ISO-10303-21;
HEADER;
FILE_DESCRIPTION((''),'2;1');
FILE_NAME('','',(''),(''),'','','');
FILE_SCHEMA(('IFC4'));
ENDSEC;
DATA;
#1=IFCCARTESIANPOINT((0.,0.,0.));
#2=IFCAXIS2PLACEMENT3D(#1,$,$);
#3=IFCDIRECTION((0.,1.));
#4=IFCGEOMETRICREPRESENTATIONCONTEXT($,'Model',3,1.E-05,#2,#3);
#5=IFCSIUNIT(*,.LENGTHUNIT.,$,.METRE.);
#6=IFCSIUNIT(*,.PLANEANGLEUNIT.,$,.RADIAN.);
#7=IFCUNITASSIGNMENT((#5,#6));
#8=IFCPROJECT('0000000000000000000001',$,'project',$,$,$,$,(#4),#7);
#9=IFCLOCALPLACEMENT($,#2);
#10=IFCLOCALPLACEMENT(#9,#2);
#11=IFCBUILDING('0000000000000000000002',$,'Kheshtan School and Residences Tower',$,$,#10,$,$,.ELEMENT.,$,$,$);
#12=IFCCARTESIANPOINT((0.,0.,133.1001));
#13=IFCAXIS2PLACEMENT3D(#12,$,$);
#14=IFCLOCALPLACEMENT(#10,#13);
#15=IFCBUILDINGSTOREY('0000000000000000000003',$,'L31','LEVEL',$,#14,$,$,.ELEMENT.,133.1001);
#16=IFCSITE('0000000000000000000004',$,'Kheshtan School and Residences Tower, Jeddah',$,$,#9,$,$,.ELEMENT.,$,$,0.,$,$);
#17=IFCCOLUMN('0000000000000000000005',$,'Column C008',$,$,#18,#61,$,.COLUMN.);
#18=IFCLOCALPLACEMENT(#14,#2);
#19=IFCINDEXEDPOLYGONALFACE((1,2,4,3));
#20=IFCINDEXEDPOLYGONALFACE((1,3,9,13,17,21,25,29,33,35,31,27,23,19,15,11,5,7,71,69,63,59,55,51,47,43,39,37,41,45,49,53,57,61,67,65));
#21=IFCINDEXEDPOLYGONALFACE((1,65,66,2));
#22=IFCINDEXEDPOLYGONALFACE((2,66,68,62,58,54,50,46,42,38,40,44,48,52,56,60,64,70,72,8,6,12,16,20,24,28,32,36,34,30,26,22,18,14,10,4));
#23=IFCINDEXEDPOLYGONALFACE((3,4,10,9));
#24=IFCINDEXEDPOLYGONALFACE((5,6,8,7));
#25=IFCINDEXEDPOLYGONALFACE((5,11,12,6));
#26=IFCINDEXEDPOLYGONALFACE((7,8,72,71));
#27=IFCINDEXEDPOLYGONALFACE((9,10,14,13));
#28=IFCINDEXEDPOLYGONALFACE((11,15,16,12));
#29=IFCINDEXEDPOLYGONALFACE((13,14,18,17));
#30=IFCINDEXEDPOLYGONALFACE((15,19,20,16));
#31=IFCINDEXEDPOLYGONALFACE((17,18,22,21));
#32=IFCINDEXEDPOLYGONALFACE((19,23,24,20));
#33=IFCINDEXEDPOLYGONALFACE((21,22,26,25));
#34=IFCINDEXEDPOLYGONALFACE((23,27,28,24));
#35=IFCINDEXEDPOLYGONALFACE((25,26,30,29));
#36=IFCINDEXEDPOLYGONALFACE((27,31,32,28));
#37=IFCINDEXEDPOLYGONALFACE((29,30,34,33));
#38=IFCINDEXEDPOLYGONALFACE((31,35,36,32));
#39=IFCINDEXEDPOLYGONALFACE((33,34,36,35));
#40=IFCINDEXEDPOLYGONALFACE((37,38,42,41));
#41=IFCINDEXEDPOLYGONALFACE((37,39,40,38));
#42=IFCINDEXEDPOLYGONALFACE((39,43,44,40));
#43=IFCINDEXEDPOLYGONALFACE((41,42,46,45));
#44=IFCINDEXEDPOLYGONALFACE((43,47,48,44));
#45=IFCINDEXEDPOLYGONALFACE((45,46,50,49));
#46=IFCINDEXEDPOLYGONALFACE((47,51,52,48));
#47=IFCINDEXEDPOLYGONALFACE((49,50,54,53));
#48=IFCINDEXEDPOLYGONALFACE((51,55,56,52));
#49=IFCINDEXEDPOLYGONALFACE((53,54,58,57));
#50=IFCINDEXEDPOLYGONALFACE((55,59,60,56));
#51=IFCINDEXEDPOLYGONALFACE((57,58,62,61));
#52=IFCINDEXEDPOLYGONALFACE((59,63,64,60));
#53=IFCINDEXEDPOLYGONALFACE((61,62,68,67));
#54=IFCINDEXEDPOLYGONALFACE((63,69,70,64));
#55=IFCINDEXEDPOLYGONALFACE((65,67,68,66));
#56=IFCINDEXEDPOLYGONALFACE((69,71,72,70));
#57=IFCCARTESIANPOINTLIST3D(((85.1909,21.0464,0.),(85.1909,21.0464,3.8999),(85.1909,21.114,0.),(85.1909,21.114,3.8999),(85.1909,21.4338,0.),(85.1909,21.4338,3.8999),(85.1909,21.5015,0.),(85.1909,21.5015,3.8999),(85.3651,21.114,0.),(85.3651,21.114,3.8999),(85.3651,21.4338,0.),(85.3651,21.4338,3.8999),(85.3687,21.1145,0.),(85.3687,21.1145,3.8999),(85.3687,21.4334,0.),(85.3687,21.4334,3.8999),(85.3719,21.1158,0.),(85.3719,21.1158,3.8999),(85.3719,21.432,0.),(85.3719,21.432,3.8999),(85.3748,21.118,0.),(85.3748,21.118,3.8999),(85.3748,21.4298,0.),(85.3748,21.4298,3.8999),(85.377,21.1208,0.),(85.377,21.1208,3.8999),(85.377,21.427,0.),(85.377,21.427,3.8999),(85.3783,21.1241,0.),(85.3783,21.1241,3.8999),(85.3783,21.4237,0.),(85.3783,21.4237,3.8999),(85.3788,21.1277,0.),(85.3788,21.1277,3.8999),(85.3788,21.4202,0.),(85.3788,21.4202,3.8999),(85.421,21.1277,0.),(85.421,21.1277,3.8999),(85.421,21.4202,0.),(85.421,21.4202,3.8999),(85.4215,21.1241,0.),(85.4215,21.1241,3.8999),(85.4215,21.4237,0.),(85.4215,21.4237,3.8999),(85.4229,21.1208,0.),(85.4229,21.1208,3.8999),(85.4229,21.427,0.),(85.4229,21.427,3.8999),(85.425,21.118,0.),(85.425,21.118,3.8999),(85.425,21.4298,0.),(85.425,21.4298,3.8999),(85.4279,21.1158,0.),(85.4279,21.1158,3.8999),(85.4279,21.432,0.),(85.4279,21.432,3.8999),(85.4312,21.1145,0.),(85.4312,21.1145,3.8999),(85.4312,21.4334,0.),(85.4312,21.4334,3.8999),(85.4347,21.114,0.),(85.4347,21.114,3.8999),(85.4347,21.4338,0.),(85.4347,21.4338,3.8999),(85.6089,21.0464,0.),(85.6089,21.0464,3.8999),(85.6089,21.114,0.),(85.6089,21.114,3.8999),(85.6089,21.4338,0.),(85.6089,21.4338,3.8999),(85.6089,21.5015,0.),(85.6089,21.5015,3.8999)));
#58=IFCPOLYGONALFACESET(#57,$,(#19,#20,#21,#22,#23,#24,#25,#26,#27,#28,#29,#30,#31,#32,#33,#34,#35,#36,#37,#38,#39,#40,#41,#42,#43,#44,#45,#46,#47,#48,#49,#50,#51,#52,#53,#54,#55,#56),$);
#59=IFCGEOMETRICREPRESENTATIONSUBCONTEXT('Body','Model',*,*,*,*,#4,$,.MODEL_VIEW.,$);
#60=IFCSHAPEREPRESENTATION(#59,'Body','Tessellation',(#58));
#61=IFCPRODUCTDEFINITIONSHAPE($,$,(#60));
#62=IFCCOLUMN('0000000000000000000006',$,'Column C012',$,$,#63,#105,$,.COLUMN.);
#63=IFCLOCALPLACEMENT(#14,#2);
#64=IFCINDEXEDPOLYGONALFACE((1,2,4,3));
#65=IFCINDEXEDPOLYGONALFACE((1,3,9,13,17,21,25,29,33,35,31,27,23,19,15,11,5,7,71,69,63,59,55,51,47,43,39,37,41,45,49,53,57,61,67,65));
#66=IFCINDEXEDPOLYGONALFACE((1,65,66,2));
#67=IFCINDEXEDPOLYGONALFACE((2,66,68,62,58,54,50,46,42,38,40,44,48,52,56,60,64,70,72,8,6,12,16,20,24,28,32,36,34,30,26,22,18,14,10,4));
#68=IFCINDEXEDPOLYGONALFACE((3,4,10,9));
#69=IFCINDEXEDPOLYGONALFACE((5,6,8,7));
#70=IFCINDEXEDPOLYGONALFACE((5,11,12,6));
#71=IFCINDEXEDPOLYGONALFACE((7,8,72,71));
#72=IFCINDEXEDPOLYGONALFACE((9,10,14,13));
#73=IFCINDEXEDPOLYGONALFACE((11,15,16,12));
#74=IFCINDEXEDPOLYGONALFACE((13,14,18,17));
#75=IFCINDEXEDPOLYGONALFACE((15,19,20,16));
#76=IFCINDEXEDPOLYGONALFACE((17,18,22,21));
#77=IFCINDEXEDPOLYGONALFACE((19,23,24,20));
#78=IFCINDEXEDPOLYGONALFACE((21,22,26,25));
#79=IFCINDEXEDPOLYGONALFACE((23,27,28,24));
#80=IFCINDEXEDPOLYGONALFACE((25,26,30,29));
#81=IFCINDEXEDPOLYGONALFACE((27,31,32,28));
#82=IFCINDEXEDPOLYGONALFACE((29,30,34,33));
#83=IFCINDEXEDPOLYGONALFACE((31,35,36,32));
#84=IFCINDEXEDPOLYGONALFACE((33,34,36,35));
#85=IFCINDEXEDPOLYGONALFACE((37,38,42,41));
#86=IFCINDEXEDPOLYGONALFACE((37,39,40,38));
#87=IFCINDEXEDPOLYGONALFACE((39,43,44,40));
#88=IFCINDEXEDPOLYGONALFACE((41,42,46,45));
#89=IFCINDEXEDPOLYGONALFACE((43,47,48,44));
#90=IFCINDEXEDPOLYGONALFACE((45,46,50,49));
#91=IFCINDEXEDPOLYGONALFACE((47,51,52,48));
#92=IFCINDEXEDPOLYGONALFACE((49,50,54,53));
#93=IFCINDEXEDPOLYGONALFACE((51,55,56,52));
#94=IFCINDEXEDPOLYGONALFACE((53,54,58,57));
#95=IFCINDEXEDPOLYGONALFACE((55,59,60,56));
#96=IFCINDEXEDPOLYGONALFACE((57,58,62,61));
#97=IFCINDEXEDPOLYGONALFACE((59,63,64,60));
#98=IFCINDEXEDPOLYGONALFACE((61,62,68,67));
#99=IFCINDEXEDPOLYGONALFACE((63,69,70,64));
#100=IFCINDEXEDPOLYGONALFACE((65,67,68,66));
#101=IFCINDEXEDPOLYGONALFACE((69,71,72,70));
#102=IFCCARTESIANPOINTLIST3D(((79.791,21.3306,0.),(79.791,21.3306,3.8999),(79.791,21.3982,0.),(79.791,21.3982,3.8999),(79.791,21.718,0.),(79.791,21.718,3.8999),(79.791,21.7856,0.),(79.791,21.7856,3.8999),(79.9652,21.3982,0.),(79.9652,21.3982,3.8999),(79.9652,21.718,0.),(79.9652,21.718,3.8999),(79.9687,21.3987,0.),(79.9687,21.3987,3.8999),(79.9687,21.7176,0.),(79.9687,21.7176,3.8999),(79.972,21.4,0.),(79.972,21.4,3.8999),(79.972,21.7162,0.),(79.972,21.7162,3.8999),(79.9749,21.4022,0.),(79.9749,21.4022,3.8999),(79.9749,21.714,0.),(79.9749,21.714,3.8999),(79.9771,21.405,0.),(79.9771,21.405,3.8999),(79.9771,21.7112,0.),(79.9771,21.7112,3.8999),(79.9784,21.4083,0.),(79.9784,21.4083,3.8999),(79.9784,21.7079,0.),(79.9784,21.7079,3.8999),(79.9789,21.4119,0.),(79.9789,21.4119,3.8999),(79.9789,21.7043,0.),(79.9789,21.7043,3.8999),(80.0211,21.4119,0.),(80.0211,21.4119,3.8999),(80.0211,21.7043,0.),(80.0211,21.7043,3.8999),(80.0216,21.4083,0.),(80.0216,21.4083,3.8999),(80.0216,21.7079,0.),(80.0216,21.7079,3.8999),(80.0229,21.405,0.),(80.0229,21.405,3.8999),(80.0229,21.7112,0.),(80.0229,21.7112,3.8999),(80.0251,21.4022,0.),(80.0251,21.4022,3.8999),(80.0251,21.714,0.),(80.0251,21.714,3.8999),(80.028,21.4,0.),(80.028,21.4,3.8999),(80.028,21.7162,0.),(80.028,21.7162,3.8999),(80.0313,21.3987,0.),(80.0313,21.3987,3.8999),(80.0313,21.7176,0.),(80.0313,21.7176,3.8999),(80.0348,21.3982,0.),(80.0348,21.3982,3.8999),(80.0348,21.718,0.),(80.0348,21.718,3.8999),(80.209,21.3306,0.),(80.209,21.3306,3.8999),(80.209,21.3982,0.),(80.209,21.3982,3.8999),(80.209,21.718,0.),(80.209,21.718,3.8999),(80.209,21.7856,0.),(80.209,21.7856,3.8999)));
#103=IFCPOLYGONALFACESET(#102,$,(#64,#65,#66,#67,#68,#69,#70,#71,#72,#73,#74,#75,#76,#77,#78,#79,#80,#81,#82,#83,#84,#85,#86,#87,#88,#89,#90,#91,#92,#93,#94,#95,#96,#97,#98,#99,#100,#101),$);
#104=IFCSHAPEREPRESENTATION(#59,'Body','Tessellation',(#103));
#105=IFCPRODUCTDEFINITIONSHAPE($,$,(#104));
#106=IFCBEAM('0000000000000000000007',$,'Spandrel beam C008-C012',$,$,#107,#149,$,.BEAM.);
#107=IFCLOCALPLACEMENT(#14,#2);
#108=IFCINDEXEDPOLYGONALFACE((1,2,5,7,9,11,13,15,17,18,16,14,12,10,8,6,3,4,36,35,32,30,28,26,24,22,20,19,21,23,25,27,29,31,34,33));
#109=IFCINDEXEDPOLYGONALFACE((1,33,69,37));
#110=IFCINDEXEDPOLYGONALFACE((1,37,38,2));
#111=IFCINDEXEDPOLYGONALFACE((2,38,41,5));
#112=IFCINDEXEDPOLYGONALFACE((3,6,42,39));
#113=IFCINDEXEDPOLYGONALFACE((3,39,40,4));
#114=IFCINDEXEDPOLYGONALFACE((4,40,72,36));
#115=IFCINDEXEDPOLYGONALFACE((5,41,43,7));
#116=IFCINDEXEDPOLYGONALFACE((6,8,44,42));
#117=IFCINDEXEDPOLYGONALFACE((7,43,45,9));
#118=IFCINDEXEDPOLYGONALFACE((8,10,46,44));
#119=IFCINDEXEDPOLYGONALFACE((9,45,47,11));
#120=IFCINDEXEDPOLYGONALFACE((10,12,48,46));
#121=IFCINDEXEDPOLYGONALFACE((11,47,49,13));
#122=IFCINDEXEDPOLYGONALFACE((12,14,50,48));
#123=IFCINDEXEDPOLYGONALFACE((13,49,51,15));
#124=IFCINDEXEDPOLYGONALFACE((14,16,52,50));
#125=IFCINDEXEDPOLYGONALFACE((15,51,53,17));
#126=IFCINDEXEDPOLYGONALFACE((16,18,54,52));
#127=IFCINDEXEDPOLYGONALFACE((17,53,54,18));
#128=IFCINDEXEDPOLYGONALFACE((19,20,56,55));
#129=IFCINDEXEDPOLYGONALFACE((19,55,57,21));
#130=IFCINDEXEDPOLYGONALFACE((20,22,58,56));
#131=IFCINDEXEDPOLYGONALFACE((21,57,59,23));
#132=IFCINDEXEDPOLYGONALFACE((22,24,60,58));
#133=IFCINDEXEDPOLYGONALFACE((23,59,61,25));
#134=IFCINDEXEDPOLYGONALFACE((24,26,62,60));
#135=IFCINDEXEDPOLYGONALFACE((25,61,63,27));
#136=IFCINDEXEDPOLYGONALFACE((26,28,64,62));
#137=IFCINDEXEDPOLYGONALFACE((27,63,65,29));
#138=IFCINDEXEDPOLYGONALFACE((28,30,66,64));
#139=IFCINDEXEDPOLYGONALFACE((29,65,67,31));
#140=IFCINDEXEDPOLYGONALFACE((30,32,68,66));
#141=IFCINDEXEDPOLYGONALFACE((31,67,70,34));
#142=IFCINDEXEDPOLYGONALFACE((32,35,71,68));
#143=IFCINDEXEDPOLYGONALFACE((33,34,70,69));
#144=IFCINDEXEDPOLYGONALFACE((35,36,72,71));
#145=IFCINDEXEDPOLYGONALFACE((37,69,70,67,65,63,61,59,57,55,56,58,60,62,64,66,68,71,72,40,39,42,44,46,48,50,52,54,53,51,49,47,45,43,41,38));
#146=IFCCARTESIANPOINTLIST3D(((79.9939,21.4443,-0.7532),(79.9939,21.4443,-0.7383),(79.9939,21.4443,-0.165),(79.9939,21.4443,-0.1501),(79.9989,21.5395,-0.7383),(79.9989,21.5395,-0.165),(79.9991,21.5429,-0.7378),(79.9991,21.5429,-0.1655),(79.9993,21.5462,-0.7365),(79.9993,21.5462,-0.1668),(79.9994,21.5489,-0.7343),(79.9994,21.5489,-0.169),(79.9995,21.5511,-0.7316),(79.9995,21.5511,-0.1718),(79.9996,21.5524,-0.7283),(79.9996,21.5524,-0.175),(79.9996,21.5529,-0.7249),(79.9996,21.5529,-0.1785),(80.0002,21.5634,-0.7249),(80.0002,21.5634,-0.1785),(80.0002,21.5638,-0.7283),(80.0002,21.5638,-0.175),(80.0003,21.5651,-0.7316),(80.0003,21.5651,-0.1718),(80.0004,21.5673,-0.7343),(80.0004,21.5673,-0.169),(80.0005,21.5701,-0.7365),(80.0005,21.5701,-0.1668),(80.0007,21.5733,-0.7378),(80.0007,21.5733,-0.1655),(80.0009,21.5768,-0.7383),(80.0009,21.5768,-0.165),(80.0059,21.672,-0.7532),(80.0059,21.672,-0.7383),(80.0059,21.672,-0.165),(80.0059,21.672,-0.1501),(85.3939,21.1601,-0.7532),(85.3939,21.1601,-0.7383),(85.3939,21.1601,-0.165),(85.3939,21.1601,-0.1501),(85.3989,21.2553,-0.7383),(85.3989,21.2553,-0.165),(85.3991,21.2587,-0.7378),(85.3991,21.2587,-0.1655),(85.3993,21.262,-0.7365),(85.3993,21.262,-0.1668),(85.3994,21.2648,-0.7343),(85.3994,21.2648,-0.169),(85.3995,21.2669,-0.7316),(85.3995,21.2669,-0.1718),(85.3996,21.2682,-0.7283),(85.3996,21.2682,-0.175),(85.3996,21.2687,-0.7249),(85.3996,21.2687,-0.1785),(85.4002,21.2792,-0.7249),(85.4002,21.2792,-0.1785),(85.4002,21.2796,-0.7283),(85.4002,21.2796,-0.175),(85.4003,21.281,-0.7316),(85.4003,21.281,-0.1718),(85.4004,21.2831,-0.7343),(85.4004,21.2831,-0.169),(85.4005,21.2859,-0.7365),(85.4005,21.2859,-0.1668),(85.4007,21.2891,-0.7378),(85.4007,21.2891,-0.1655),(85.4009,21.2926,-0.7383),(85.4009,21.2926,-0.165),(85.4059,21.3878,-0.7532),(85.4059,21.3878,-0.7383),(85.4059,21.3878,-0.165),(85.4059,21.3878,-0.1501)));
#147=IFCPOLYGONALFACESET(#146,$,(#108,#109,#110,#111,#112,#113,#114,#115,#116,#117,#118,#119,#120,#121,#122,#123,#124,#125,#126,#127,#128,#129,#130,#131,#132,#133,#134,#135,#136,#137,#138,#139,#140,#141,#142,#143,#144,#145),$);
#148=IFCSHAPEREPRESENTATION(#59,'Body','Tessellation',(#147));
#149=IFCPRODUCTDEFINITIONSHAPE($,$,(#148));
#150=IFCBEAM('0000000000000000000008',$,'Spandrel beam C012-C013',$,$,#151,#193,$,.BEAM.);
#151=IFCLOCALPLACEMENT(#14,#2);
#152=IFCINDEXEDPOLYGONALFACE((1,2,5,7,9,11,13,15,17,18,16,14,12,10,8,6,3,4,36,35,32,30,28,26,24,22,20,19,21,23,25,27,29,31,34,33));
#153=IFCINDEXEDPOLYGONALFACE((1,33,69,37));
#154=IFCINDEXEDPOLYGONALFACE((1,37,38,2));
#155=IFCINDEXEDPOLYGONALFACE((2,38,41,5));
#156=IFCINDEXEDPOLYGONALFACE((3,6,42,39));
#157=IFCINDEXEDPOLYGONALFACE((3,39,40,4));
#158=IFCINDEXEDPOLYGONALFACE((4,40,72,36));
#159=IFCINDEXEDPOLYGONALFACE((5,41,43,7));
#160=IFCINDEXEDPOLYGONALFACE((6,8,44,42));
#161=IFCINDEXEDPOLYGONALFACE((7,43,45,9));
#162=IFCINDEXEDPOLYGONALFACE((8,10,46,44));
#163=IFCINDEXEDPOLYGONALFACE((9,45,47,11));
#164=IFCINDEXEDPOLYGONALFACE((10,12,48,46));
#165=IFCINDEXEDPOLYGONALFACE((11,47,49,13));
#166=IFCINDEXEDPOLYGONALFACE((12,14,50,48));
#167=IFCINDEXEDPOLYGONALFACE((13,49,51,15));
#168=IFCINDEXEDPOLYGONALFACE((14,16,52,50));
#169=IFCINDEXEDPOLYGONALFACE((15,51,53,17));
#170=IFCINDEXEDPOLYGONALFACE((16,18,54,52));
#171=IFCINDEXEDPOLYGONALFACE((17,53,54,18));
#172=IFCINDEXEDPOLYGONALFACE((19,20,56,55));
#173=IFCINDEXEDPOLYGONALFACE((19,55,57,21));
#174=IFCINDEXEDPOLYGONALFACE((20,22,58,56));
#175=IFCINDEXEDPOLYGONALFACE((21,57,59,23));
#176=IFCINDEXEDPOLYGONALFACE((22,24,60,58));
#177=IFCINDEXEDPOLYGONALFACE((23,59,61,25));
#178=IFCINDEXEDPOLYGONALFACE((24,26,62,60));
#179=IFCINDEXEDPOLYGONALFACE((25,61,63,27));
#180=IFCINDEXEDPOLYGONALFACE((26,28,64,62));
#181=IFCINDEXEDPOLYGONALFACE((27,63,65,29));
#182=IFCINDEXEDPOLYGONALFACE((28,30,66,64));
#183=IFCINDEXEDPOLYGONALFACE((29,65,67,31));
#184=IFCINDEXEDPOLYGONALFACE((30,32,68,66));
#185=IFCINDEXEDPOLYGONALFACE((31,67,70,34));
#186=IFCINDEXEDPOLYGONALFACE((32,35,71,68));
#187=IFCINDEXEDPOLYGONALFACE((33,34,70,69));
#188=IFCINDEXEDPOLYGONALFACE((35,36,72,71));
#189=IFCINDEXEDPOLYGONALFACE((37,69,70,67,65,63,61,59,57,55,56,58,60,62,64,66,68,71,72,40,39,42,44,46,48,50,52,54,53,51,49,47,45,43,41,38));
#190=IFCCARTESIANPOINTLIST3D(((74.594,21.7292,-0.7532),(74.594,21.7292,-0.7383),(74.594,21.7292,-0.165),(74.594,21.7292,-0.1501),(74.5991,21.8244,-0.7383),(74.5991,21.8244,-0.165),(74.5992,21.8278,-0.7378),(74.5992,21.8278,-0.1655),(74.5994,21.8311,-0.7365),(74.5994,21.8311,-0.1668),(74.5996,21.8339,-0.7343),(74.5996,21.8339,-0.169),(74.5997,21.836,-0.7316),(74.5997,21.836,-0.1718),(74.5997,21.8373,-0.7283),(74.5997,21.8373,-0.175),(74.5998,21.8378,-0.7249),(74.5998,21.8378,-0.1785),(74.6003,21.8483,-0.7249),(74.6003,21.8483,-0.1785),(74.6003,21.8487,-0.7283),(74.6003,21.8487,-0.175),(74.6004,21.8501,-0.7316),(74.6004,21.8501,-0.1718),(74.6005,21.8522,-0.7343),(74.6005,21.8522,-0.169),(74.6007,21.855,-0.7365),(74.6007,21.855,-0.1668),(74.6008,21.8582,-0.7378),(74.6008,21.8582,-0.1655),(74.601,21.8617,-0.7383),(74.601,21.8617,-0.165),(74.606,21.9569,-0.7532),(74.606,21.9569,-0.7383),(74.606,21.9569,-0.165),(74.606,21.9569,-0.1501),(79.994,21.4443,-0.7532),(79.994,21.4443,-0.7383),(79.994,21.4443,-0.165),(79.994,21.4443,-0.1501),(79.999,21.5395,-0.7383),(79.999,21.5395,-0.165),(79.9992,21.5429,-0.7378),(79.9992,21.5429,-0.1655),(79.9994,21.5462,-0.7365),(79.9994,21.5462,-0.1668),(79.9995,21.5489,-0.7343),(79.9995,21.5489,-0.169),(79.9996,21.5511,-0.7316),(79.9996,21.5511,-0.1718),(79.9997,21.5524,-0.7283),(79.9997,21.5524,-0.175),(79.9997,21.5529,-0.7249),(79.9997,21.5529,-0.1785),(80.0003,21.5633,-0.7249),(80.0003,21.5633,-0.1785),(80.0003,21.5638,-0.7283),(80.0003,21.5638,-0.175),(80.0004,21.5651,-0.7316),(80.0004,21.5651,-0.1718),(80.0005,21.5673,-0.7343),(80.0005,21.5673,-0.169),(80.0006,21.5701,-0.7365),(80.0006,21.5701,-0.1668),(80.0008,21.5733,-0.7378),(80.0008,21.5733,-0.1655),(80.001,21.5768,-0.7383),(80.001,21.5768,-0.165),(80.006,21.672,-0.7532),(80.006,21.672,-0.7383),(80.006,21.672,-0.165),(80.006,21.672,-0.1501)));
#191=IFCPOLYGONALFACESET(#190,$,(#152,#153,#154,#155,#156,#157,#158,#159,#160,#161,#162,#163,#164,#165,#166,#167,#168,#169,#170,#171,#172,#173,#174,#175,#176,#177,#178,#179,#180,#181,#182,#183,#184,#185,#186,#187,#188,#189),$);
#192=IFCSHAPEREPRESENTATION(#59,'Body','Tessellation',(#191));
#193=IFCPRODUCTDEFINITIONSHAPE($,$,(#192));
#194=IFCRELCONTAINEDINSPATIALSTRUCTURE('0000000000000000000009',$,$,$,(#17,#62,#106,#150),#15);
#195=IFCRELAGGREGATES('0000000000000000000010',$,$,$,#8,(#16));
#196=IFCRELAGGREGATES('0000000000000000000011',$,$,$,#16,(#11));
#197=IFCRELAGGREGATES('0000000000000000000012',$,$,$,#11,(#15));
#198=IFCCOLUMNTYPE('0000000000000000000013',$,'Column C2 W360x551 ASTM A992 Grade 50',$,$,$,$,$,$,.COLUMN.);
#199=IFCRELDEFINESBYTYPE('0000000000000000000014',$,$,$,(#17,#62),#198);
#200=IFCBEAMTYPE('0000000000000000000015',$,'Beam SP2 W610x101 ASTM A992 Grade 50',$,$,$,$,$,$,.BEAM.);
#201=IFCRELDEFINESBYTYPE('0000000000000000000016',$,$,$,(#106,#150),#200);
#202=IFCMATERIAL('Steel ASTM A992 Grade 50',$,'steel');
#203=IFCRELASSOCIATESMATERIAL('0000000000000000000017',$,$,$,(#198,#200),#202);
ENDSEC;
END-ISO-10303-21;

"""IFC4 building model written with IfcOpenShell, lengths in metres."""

from ifc_helpers import new_model, si_unit, direction, frame, origin, origin_2d, place, context, subcontext, project, spatial, i_section, extrude, material, material_profile, profile_set, type_object, element, save


model = new_model("IFC4")

# Units and contexts
model_context = context("Model", 3, precision=1e-05, world=origin(), true_north=direction((0.0, 1.0)))
body_context = subcontext(model_context, "Body", "Model", "MODEL_VIEW")
ifc_project = project(units=[si_unit("LENGTHUNIT", "METRE"), si_unit("PLANEANGLEUNIT", "RADIAN")], contexts=[model_context])

# Site, building, storey
site_placement = place(None, origin())
site = spatial("IfcSite", under=ifc_project, at=site_placement, Name="Kheshtan School and Residences Tower, Jeddah", CompositionType="ELEMENT", RefElevation=0.0)
building_placement = place(site_placement, origin())
building = spatial("IfcBuilding", under=site, at=building_placement, Name="Kheshtan School and Residences Tower", CompositionType="ELEMENT")
storey_placement = place(building_placement, frame((0.0, 0.0, 133.1001)))
storey = spatial("IfcBuildingStorey", under=building, at=storey_placement, Name="L31", Description="LEVEL", CompositionType="ELEMENT", Elevation=133.1001)

# Columns
ifc_material_1 = material(Name="Steel ASTM A992 Grade 50", Category="steel")
ifc_material_profile_1 = material_profile(ifc_material_1, i_section(OverallWidth=0.418, OverallDepth=0.4551, WebThickness=0.0422, FlangeThickness=0.0676, FilletRadius=0.0137, at=origin_2d()), Name="W360x551")
ifc_profile_set_1 = profile_set([ifc_material_profile_1], Name="Steel ASTM A992 Grade 50")
column_type = type_object("IfcColumnType", Name="Column C2 W360x551 ASTM A992 Grade 50", PredefinedType="COLUMN", material=ifc_profile_set_1)
for number, where, z_axis, x_axis, name in (
    (1, (85.3999, 21.2739, 0.0), (0.0, 0.0, 1.0), (1.0, 0.0, 0.0), "Column C008"),
    (2, (80.0, 21.5581, 0.0), (0.0, 0.0, 1.0), (1.0, 0.0, 0.0), "Column C012"),
):
    element("IfcColumn", number, at=place(storey_placement, frame(where, z_axis=z_axis, x_axis=x_axis)), inside=storey, type_object=column_type, Name=name, PredefinedType="COLUMN", context=body_context, shape_type="SweptSolid", body=[
        extrude(i_section(OverallWidth=0.418, OverallDepth=0.4551, WebThickness=0.0422, FlangeThickness=0.0676, FilletRadius=0.0137, at=origin_2d()), origin(), (0.0, 0.0, 1.0), 3.8999),
    ])

# Beams
ifc_material_profile_2 = material_profile(ifc_material_1, i_section(OverallWidth=0.228, OverallDepth=0.603, WebThickness=0.0105, FlangeThickness=0.0149, FilletRadius=0.0134, at=origin_2d()), Name="W610x101")
ifc_profile_set_2 = profile_set([ifc_material_profile_2], Name="Steel ASTM A992 Grade 50")
beam_type = type_object("IfcBeamType", Name="Beam SP2 W610x101 ASTM A992 Grade 50", PredefinedType="BEAM", material=ifc_profile_set_2)
for number, where, z_axis, x_axis, name in (
    (3, (85.3999, 21.2739, -0.4517), (-0.998618, 0.052554, 0.0), (-0.052554, -0.998618, 0.0), "Spandrel beam C008-C012"),
    (4, (80.0, 21.5581, -0.4517), (-0.998611, 0.052689, 0.0), (-0.052689, -0.998611, 0.0), "Spandrel beam C012-C013"),
):
    element("IfcBeam", number, at=place(storey_placement, frame(where, z_axis=z_axis, x_axis=x_axis)), inside=storey, type_object=beam_type, Name=name, PredefinedType="BEAM", context=body_context, shape_type="SweptSolid", body=[
        extrude(i_section(OverallWidth=0.228, OverallDepth=0.603, WebThickness=0.0105, FlangeThickness=0.0149, FilletRadius=0.0134, at=origin_2d()), origin(), (0.0, 0.0, 1.0), 5.4075),
    ])

save(model, "model.ifc")
